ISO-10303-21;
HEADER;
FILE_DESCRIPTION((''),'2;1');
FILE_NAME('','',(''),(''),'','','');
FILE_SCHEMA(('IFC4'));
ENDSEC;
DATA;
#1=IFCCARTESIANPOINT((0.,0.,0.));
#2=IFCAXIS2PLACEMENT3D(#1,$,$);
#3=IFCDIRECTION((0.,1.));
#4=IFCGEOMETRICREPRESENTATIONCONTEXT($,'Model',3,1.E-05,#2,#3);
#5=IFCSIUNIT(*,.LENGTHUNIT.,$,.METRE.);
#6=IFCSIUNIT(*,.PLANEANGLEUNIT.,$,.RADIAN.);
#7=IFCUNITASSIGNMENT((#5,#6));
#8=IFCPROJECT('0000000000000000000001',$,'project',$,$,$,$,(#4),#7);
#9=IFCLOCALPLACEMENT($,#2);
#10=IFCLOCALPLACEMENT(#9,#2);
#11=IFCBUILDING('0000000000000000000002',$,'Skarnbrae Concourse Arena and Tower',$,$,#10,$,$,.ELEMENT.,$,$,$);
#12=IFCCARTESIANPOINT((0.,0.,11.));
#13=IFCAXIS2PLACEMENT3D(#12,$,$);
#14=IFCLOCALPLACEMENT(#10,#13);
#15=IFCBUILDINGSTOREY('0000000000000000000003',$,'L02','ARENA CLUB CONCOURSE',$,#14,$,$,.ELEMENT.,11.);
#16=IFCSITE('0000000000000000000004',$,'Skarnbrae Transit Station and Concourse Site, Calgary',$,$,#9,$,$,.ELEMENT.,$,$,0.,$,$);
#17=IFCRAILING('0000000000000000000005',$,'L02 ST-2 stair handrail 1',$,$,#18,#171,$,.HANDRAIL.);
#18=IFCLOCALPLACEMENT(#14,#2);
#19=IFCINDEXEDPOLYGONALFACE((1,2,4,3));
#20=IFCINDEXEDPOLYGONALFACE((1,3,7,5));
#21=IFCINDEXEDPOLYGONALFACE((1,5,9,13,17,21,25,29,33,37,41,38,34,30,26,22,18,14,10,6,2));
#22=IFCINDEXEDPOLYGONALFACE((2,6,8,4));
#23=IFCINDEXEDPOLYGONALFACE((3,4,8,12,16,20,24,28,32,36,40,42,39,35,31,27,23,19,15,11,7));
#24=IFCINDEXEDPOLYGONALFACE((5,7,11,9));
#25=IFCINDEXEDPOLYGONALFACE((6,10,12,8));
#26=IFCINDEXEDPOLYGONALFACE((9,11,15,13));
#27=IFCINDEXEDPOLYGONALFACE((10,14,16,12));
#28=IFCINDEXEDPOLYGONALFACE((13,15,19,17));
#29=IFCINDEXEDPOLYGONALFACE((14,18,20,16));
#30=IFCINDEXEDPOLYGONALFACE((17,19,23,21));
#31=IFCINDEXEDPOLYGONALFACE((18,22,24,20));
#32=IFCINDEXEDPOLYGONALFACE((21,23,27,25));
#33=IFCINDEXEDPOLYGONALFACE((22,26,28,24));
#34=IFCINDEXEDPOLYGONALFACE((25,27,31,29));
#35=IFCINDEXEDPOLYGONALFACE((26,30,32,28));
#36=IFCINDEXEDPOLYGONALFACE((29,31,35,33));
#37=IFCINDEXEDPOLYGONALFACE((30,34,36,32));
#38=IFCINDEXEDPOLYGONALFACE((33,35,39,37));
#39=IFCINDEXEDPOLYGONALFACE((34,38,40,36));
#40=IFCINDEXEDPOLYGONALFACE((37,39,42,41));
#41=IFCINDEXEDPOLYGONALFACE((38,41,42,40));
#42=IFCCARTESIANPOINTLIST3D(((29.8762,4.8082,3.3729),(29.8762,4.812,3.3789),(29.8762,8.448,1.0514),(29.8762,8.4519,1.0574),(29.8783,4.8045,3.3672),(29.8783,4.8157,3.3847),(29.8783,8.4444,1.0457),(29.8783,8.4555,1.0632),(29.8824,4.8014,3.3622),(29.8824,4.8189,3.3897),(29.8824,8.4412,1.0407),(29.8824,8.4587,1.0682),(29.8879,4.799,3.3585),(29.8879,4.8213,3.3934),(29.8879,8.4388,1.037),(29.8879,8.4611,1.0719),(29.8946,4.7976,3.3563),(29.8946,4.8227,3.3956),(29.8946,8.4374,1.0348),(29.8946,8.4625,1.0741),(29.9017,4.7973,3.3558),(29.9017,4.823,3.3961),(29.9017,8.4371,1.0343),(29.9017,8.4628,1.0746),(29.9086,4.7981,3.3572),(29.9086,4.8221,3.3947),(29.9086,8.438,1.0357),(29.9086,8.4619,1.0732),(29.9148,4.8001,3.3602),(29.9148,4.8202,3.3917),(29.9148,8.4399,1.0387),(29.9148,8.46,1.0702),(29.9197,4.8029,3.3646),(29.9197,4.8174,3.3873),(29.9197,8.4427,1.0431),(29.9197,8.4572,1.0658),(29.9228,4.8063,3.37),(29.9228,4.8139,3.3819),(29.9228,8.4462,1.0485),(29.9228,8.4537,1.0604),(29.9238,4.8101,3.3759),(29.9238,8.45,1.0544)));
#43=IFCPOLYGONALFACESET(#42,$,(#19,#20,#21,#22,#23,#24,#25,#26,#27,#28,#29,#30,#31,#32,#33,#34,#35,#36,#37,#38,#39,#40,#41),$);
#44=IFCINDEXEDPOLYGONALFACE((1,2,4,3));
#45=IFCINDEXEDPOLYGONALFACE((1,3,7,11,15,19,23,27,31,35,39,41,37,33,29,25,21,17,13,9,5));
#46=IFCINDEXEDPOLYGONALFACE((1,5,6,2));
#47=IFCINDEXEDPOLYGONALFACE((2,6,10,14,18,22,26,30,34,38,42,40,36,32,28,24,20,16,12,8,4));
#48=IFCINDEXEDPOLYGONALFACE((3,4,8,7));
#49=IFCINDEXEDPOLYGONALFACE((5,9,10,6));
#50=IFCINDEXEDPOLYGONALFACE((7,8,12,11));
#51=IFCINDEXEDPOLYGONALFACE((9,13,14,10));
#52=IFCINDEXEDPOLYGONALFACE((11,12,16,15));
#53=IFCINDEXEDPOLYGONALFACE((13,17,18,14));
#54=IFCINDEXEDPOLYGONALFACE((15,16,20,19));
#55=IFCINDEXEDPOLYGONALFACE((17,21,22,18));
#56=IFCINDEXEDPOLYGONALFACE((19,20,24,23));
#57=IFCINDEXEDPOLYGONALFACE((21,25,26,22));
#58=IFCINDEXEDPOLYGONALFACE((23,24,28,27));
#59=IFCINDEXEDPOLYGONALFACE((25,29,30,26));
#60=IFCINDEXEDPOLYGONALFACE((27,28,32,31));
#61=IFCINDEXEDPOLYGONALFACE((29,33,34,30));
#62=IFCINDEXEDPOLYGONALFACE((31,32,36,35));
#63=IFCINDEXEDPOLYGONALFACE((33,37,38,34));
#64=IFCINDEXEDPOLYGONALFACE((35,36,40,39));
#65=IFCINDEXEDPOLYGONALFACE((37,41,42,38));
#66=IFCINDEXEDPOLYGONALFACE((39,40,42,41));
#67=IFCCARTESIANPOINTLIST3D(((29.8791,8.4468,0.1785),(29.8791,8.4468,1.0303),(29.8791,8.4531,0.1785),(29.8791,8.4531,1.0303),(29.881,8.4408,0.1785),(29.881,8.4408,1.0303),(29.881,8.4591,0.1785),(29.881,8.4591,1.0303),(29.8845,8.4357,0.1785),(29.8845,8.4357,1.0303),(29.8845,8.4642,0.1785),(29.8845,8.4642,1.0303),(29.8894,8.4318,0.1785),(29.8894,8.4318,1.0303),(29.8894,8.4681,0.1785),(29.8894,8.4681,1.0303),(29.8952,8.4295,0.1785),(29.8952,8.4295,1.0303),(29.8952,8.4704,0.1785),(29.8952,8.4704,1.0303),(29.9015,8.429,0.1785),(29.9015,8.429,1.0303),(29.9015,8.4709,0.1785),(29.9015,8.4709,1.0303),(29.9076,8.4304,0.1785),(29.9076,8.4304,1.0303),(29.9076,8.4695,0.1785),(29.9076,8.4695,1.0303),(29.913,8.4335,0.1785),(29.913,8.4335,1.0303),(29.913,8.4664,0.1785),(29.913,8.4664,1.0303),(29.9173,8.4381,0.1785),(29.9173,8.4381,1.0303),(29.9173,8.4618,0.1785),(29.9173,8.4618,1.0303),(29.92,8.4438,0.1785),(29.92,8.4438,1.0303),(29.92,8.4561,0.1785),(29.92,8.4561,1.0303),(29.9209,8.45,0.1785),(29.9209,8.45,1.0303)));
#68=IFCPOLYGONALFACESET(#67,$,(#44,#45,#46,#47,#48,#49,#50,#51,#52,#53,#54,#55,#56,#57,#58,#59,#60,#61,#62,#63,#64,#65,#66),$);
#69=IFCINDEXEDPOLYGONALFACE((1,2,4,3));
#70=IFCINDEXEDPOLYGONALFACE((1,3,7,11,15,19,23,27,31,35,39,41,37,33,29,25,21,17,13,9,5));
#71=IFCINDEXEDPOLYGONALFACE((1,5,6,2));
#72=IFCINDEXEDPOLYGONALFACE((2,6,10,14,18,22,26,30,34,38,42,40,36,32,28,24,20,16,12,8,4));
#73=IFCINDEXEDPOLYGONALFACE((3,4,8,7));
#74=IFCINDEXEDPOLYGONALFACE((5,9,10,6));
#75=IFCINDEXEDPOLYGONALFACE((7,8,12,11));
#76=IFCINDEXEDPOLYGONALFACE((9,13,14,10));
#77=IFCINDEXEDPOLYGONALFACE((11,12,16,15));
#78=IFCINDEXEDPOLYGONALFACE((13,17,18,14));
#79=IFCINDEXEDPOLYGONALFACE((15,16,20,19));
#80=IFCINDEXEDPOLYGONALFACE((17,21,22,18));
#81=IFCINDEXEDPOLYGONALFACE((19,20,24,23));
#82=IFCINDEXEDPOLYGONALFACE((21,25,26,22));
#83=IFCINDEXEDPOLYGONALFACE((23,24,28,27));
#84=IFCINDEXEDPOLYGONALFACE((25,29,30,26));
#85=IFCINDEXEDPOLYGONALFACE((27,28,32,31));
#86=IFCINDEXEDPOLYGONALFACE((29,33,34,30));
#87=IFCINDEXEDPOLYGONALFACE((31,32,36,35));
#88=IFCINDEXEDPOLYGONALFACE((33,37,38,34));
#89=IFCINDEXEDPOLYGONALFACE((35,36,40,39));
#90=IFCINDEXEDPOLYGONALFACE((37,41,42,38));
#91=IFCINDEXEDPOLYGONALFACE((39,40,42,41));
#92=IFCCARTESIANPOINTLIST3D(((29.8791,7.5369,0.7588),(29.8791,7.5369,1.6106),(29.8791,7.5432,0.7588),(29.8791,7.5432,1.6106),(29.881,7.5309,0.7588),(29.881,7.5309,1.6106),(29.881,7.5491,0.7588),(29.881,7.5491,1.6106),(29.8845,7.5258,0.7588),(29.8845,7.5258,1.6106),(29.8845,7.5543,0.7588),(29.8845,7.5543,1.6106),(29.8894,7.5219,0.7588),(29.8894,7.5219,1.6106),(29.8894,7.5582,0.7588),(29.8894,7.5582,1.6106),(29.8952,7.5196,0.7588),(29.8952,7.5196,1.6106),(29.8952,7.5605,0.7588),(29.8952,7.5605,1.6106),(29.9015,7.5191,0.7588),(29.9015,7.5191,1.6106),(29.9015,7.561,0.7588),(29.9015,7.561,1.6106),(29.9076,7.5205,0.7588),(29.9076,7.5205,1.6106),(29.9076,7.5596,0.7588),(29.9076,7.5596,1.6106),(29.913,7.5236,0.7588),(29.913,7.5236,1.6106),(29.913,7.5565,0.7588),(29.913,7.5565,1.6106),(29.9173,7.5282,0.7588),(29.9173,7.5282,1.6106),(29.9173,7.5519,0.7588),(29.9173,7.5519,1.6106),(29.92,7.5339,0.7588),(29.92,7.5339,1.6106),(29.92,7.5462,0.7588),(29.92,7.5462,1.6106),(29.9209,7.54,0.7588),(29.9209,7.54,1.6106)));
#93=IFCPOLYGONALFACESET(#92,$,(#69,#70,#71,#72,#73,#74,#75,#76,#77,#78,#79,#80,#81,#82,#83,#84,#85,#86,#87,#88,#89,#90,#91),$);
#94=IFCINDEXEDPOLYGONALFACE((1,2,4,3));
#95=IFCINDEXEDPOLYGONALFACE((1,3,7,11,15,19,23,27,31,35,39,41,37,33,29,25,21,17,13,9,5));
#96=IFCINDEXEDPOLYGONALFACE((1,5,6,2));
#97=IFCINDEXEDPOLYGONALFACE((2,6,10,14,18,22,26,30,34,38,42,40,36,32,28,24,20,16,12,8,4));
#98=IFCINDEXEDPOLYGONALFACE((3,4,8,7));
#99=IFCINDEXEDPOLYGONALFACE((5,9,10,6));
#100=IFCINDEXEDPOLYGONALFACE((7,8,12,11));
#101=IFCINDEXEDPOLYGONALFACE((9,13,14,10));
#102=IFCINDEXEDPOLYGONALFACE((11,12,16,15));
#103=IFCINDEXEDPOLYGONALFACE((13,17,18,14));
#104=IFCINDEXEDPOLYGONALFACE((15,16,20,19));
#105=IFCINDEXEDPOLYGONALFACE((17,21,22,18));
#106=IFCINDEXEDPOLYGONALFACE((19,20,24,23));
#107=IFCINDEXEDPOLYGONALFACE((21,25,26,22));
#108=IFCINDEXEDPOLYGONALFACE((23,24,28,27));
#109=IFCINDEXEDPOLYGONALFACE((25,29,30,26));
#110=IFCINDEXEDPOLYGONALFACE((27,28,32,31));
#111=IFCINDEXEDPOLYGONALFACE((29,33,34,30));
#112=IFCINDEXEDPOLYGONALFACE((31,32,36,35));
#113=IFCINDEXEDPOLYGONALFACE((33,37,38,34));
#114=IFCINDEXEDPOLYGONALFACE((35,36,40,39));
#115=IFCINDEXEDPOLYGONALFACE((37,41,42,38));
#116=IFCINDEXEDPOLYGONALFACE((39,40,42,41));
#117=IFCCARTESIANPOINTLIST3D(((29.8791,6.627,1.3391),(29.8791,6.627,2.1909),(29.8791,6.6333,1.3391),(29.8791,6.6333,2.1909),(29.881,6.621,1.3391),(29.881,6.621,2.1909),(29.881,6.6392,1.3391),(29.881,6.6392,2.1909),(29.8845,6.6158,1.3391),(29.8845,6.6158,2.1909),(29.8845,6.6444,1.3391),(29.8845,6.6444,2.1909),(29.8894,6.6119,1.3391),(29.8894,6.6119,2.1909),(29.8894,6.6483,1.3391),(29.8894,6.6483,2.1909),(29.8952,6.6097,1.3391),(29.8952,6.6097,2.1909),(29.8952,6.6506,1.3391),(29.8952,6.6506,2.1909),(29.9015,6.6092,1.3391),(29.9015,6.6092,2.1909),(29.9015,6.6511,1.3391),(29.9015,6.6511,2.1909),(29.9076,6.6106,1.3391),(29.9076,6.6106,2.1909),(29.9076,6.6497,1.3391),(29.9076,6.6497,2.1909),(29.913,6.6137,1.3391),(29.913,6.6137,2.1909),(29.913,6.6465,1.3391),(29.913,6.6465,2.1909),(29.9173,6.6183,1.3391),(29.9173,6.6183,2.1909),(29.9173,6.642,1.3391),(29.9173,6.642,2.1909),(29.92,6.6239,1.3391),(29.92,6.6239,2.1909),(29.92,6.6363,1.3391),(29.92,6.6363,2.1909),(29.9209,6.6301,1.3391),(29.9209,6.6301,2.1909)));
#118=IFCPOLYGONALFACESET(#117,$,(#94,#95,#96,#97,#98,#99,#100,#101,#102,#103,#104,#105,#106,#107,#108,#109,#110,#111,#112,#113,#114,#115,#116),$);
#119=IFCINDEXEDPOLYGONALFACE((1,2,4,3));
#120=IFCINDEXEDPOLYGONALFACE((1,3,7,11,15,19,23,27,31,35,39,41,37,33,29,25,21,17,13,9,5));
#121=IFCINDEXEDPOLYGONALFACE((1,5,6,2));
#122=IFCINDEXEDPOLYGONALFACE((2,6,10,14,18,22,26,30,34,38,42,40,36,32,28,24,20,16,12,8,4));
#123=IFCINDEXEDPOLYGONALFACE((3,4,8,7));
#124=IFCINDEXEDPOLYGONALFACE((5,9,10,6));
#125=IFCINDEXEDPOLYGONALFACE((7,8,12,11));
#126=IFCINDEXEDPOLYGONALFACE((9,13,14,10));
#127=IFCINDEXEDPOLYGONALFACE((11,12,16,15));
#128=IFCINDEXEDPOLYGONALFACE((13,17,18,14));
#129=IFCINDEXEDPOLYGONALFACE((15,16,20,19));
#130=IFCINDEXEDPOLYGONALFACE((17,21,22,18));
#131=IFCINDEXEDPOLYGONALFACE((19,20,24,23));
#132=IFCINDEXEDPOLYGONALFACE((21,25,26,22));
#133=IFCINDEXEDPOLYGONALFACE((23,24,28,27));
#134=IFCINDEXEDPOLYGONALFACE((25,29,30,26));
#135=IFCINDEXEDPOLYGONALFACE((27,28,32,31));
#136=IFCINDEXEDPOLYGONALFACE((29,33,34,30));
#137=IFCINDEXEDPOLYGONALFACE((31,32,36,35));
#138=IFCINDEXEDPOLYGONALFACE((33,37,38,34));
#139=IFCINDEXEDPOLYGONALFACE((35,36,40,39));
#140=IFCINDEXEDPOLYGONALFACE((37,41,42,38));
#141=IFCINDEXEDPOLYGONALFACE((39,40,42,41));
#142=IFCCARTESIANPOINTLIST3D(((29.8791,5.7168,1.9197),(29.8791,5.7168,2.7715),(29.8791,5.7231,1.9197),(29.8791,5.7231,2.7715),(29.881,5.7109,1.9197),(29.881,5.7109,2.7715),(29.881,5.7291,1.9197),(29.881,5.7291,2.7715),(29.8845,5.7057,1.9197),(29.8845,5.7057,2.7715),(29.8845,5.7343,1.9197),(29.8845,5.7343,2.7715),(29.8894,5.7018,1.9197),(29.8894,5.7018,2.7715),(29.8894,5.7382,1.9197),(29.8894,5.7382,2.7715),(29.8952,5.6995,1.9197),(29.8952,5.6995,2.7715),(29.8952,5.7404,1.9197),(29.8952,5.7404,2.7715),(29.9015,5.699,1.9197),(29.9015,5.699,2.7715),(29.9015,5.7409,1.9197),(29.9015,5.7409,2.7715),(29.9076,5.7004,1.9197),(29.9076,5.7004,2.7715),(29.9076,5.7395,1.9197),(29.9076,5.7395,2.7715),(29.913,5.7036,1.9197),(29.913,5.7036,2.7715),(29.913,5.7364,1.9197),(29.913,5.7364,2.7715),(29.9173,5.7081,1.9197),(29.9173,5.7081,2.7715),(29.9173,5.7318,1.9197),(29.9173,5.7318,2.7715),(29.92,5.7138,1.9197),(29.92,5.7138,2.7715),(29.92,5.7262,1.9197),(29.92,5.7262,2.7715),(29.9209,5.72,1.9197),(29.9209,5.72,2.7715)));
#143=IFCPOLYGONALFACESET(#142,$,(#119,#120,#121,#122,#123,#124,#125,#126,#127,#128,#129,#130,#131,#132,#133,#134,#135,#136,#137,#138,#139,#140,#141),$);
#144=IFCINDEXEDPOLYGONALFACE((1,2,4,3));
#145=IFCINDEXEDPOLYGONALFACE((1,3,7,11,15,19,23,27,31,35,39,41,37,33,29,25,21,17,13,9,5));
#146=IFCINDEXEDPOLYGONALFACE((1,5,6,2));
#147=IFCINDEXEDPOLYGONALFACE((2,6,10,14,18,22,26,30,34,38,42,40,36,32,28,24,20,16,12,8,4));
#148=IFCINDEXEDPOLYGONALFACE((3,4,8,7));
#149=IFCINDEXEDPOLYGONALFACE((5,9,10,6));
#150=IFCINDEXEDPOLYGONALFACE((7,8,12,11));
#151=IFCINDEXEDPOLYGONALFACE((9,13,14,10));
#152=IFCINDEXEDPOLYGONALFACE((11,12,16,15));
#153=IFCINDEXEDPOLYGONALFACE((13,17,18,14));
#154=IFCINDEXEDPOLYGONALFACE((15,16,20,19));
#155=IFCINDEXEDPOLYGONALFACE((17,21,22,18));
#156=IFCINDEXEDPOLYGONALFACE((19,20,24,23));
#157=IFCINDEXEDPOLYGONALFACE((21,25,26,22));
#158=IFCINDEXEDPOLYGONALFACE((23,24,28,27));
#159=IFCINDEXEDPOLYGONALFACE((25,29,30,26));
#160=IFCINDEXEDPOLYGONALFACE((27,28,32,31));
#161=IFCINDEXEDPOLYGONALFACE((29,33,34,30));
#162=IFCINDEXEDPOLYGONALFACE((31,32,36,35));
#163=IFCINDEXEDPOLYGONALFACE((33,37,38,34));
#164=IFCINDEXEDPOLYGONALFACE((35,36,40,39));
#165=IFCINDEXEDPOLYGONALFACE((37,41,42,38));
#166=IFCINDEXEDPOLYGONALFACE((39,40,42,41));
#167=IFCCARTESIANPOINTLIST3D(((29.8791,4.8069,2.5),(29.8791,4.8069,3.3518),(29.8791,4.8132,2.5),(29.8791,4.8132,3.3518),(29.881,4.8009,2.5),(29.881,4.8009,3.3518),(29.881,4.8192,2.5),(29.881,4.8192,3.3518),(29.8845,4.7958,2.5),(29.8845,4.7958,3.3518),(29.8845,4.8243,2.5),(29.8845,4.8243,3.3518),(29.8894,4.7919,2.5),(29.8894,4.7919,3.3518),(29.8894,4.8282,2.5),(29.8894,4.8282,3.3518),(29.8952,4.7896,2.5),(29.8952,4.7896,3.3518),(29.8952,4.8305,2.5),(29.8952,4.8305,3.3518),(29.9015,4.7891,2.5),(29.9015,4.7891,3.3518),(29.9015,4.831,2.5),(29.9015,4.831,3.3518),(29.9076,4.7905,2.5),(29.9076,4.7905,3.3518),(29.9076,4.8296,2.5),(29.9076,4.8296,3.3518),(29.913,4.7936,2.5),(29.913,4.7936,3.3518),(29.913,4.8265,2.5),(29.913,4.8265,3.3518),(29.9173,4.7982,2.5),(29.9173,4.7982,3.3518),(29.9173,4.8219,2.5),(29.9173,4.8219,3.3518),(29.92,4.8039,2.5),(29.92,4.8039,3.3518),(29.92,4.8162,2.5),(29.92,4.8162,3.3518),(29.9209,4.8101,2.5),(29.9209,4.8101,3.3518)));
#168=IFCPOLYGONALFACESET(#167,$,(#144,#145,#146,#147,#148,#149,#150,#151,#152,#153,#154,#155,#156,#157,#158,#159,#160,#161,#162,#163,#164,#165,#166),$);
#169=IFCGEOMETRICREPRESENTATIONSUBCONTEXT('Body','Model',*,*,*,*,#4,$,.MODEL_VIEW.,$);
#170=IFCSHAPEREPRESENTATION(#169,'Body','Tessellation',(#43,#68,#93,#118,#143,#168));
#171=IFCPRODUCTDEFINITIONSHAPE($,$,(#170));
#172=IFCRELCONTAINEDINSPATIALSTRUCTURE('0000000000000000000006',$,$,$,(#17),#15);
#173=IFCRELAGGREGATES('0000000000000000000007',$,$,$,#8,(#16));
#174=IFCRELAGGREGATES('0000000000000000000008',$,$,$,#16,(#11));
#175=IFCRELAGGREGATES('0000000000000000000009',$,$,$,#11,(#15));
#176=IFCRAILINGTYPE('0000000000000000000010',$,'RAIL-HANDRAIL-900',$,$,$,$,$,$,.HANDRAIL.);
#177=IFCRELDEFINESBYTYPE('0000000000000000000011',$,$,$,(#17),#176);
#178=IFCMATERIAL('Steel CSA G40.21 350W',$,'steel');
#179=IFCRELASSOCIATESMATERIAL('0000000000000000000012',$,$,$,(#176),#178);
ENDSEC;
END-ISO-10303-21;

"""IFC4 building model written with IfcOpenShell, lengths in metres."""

from ifc_helpers import new_model, si_unit, direction, frame, origin, origin_2d, place, context, subcontext, project, spatial, circle, extrude, material, type_object, element, save


model = new_model("IFC4")

# Units and contexts
model_context = context("Model", 3, precision=1e-05, world=origin(), true_north=direction((0.0, 1.0)))
body_context = subcontext(model_context, "Body", "Model", "MODEL_VIEW")
ifc_project = project(units=[si_unit("LENGTHUNIT", "METRE"), si_unit("PLANEANGLEUNIT", "RADIAN")], contexts=[model_context])

# Site, building, storey
site_placement = place(None, origin())
site = spatial("IfcSite", under=ifc_project, at=site_placement, Name="Skarnbrae Transit Station and Concourse Site, Calgary", CompositionType="ELEMENT", RefElevation=0.0)
building_placement = place(site_placement, origin())
building = spatial("IfcBuilding", under=site, at=building_placement, Name="Skarnbrae Concourse Arena and Tower", CompositionType="ELEMENT")
storey_placement = place(building_placement, frame((0.0, 0.0, 11.0)))
storey = spatial("IfcBuildingStorey", under=building, at=storey_placement, Name="L02", Description="ARENA CLUB CONCOURSE", CompositionType="ELEMENT", Elevation=11.0)

# Shared definitions
ifc_material_1 = material(Name="Steel CSA G40.21 350W", Category="steel")

# Railing
railing_type_1 = type_object("IfcRailingType", Name="RAIL-HANDRAIL-900", PredefinedType="HANDRAIL", material=ifc_material_1)
railing_1_placement = place(storey_placement, frame((29.8999, 8.45, 0.1785)))
element("IfcRailing", 1, at=railing_1_placement, inside=storey, type_object=railing_type_1, Name="L02 ST-2 stair handrail 1", PredefinedType="HANDRAIL", context=body_context, shape_type="SweptSolid", body=[
    extrude(circle(Radius=0.0239, at=origin_2d()), frame((0.0, 0.0, 0.876), z_axis=(0.0, -0.843112, 0.537739), x_axis=(1.0, 0.0, 0.0)), (0.0, 0.0, 1.0), 4.3171),
    extrude(circle(Radius=0.021, at=origin_2d()), origin(), (0.0, 0.0, 1.0), 0.8518),
    extrude(circle(Radius=0.021, at=origin_2d()), frame((0.0, -0.9099, 0.5803)), (0.0, 0.0, 1.0), 0.8518),
    extrude(circle(Radius=0.021, at=origin_2d()), frame((0.0, -1.8198, 1.1606)), (0.0, 0.0, 1.0), 0.8518),
    extrude(circle(Radius=0.021, at=origin_2d()), frame((0.0, -2.73, 1.7412)), (0.0, 0.0, 1.0), 0.8518),
    extrude(circle(Radius=0.021, at=origin_2d()), frame((0.0, -3.6399, 2.3215)), (0.0, 0.0, 1.0), 0.8518),
])

save(model, "model.ifc")
